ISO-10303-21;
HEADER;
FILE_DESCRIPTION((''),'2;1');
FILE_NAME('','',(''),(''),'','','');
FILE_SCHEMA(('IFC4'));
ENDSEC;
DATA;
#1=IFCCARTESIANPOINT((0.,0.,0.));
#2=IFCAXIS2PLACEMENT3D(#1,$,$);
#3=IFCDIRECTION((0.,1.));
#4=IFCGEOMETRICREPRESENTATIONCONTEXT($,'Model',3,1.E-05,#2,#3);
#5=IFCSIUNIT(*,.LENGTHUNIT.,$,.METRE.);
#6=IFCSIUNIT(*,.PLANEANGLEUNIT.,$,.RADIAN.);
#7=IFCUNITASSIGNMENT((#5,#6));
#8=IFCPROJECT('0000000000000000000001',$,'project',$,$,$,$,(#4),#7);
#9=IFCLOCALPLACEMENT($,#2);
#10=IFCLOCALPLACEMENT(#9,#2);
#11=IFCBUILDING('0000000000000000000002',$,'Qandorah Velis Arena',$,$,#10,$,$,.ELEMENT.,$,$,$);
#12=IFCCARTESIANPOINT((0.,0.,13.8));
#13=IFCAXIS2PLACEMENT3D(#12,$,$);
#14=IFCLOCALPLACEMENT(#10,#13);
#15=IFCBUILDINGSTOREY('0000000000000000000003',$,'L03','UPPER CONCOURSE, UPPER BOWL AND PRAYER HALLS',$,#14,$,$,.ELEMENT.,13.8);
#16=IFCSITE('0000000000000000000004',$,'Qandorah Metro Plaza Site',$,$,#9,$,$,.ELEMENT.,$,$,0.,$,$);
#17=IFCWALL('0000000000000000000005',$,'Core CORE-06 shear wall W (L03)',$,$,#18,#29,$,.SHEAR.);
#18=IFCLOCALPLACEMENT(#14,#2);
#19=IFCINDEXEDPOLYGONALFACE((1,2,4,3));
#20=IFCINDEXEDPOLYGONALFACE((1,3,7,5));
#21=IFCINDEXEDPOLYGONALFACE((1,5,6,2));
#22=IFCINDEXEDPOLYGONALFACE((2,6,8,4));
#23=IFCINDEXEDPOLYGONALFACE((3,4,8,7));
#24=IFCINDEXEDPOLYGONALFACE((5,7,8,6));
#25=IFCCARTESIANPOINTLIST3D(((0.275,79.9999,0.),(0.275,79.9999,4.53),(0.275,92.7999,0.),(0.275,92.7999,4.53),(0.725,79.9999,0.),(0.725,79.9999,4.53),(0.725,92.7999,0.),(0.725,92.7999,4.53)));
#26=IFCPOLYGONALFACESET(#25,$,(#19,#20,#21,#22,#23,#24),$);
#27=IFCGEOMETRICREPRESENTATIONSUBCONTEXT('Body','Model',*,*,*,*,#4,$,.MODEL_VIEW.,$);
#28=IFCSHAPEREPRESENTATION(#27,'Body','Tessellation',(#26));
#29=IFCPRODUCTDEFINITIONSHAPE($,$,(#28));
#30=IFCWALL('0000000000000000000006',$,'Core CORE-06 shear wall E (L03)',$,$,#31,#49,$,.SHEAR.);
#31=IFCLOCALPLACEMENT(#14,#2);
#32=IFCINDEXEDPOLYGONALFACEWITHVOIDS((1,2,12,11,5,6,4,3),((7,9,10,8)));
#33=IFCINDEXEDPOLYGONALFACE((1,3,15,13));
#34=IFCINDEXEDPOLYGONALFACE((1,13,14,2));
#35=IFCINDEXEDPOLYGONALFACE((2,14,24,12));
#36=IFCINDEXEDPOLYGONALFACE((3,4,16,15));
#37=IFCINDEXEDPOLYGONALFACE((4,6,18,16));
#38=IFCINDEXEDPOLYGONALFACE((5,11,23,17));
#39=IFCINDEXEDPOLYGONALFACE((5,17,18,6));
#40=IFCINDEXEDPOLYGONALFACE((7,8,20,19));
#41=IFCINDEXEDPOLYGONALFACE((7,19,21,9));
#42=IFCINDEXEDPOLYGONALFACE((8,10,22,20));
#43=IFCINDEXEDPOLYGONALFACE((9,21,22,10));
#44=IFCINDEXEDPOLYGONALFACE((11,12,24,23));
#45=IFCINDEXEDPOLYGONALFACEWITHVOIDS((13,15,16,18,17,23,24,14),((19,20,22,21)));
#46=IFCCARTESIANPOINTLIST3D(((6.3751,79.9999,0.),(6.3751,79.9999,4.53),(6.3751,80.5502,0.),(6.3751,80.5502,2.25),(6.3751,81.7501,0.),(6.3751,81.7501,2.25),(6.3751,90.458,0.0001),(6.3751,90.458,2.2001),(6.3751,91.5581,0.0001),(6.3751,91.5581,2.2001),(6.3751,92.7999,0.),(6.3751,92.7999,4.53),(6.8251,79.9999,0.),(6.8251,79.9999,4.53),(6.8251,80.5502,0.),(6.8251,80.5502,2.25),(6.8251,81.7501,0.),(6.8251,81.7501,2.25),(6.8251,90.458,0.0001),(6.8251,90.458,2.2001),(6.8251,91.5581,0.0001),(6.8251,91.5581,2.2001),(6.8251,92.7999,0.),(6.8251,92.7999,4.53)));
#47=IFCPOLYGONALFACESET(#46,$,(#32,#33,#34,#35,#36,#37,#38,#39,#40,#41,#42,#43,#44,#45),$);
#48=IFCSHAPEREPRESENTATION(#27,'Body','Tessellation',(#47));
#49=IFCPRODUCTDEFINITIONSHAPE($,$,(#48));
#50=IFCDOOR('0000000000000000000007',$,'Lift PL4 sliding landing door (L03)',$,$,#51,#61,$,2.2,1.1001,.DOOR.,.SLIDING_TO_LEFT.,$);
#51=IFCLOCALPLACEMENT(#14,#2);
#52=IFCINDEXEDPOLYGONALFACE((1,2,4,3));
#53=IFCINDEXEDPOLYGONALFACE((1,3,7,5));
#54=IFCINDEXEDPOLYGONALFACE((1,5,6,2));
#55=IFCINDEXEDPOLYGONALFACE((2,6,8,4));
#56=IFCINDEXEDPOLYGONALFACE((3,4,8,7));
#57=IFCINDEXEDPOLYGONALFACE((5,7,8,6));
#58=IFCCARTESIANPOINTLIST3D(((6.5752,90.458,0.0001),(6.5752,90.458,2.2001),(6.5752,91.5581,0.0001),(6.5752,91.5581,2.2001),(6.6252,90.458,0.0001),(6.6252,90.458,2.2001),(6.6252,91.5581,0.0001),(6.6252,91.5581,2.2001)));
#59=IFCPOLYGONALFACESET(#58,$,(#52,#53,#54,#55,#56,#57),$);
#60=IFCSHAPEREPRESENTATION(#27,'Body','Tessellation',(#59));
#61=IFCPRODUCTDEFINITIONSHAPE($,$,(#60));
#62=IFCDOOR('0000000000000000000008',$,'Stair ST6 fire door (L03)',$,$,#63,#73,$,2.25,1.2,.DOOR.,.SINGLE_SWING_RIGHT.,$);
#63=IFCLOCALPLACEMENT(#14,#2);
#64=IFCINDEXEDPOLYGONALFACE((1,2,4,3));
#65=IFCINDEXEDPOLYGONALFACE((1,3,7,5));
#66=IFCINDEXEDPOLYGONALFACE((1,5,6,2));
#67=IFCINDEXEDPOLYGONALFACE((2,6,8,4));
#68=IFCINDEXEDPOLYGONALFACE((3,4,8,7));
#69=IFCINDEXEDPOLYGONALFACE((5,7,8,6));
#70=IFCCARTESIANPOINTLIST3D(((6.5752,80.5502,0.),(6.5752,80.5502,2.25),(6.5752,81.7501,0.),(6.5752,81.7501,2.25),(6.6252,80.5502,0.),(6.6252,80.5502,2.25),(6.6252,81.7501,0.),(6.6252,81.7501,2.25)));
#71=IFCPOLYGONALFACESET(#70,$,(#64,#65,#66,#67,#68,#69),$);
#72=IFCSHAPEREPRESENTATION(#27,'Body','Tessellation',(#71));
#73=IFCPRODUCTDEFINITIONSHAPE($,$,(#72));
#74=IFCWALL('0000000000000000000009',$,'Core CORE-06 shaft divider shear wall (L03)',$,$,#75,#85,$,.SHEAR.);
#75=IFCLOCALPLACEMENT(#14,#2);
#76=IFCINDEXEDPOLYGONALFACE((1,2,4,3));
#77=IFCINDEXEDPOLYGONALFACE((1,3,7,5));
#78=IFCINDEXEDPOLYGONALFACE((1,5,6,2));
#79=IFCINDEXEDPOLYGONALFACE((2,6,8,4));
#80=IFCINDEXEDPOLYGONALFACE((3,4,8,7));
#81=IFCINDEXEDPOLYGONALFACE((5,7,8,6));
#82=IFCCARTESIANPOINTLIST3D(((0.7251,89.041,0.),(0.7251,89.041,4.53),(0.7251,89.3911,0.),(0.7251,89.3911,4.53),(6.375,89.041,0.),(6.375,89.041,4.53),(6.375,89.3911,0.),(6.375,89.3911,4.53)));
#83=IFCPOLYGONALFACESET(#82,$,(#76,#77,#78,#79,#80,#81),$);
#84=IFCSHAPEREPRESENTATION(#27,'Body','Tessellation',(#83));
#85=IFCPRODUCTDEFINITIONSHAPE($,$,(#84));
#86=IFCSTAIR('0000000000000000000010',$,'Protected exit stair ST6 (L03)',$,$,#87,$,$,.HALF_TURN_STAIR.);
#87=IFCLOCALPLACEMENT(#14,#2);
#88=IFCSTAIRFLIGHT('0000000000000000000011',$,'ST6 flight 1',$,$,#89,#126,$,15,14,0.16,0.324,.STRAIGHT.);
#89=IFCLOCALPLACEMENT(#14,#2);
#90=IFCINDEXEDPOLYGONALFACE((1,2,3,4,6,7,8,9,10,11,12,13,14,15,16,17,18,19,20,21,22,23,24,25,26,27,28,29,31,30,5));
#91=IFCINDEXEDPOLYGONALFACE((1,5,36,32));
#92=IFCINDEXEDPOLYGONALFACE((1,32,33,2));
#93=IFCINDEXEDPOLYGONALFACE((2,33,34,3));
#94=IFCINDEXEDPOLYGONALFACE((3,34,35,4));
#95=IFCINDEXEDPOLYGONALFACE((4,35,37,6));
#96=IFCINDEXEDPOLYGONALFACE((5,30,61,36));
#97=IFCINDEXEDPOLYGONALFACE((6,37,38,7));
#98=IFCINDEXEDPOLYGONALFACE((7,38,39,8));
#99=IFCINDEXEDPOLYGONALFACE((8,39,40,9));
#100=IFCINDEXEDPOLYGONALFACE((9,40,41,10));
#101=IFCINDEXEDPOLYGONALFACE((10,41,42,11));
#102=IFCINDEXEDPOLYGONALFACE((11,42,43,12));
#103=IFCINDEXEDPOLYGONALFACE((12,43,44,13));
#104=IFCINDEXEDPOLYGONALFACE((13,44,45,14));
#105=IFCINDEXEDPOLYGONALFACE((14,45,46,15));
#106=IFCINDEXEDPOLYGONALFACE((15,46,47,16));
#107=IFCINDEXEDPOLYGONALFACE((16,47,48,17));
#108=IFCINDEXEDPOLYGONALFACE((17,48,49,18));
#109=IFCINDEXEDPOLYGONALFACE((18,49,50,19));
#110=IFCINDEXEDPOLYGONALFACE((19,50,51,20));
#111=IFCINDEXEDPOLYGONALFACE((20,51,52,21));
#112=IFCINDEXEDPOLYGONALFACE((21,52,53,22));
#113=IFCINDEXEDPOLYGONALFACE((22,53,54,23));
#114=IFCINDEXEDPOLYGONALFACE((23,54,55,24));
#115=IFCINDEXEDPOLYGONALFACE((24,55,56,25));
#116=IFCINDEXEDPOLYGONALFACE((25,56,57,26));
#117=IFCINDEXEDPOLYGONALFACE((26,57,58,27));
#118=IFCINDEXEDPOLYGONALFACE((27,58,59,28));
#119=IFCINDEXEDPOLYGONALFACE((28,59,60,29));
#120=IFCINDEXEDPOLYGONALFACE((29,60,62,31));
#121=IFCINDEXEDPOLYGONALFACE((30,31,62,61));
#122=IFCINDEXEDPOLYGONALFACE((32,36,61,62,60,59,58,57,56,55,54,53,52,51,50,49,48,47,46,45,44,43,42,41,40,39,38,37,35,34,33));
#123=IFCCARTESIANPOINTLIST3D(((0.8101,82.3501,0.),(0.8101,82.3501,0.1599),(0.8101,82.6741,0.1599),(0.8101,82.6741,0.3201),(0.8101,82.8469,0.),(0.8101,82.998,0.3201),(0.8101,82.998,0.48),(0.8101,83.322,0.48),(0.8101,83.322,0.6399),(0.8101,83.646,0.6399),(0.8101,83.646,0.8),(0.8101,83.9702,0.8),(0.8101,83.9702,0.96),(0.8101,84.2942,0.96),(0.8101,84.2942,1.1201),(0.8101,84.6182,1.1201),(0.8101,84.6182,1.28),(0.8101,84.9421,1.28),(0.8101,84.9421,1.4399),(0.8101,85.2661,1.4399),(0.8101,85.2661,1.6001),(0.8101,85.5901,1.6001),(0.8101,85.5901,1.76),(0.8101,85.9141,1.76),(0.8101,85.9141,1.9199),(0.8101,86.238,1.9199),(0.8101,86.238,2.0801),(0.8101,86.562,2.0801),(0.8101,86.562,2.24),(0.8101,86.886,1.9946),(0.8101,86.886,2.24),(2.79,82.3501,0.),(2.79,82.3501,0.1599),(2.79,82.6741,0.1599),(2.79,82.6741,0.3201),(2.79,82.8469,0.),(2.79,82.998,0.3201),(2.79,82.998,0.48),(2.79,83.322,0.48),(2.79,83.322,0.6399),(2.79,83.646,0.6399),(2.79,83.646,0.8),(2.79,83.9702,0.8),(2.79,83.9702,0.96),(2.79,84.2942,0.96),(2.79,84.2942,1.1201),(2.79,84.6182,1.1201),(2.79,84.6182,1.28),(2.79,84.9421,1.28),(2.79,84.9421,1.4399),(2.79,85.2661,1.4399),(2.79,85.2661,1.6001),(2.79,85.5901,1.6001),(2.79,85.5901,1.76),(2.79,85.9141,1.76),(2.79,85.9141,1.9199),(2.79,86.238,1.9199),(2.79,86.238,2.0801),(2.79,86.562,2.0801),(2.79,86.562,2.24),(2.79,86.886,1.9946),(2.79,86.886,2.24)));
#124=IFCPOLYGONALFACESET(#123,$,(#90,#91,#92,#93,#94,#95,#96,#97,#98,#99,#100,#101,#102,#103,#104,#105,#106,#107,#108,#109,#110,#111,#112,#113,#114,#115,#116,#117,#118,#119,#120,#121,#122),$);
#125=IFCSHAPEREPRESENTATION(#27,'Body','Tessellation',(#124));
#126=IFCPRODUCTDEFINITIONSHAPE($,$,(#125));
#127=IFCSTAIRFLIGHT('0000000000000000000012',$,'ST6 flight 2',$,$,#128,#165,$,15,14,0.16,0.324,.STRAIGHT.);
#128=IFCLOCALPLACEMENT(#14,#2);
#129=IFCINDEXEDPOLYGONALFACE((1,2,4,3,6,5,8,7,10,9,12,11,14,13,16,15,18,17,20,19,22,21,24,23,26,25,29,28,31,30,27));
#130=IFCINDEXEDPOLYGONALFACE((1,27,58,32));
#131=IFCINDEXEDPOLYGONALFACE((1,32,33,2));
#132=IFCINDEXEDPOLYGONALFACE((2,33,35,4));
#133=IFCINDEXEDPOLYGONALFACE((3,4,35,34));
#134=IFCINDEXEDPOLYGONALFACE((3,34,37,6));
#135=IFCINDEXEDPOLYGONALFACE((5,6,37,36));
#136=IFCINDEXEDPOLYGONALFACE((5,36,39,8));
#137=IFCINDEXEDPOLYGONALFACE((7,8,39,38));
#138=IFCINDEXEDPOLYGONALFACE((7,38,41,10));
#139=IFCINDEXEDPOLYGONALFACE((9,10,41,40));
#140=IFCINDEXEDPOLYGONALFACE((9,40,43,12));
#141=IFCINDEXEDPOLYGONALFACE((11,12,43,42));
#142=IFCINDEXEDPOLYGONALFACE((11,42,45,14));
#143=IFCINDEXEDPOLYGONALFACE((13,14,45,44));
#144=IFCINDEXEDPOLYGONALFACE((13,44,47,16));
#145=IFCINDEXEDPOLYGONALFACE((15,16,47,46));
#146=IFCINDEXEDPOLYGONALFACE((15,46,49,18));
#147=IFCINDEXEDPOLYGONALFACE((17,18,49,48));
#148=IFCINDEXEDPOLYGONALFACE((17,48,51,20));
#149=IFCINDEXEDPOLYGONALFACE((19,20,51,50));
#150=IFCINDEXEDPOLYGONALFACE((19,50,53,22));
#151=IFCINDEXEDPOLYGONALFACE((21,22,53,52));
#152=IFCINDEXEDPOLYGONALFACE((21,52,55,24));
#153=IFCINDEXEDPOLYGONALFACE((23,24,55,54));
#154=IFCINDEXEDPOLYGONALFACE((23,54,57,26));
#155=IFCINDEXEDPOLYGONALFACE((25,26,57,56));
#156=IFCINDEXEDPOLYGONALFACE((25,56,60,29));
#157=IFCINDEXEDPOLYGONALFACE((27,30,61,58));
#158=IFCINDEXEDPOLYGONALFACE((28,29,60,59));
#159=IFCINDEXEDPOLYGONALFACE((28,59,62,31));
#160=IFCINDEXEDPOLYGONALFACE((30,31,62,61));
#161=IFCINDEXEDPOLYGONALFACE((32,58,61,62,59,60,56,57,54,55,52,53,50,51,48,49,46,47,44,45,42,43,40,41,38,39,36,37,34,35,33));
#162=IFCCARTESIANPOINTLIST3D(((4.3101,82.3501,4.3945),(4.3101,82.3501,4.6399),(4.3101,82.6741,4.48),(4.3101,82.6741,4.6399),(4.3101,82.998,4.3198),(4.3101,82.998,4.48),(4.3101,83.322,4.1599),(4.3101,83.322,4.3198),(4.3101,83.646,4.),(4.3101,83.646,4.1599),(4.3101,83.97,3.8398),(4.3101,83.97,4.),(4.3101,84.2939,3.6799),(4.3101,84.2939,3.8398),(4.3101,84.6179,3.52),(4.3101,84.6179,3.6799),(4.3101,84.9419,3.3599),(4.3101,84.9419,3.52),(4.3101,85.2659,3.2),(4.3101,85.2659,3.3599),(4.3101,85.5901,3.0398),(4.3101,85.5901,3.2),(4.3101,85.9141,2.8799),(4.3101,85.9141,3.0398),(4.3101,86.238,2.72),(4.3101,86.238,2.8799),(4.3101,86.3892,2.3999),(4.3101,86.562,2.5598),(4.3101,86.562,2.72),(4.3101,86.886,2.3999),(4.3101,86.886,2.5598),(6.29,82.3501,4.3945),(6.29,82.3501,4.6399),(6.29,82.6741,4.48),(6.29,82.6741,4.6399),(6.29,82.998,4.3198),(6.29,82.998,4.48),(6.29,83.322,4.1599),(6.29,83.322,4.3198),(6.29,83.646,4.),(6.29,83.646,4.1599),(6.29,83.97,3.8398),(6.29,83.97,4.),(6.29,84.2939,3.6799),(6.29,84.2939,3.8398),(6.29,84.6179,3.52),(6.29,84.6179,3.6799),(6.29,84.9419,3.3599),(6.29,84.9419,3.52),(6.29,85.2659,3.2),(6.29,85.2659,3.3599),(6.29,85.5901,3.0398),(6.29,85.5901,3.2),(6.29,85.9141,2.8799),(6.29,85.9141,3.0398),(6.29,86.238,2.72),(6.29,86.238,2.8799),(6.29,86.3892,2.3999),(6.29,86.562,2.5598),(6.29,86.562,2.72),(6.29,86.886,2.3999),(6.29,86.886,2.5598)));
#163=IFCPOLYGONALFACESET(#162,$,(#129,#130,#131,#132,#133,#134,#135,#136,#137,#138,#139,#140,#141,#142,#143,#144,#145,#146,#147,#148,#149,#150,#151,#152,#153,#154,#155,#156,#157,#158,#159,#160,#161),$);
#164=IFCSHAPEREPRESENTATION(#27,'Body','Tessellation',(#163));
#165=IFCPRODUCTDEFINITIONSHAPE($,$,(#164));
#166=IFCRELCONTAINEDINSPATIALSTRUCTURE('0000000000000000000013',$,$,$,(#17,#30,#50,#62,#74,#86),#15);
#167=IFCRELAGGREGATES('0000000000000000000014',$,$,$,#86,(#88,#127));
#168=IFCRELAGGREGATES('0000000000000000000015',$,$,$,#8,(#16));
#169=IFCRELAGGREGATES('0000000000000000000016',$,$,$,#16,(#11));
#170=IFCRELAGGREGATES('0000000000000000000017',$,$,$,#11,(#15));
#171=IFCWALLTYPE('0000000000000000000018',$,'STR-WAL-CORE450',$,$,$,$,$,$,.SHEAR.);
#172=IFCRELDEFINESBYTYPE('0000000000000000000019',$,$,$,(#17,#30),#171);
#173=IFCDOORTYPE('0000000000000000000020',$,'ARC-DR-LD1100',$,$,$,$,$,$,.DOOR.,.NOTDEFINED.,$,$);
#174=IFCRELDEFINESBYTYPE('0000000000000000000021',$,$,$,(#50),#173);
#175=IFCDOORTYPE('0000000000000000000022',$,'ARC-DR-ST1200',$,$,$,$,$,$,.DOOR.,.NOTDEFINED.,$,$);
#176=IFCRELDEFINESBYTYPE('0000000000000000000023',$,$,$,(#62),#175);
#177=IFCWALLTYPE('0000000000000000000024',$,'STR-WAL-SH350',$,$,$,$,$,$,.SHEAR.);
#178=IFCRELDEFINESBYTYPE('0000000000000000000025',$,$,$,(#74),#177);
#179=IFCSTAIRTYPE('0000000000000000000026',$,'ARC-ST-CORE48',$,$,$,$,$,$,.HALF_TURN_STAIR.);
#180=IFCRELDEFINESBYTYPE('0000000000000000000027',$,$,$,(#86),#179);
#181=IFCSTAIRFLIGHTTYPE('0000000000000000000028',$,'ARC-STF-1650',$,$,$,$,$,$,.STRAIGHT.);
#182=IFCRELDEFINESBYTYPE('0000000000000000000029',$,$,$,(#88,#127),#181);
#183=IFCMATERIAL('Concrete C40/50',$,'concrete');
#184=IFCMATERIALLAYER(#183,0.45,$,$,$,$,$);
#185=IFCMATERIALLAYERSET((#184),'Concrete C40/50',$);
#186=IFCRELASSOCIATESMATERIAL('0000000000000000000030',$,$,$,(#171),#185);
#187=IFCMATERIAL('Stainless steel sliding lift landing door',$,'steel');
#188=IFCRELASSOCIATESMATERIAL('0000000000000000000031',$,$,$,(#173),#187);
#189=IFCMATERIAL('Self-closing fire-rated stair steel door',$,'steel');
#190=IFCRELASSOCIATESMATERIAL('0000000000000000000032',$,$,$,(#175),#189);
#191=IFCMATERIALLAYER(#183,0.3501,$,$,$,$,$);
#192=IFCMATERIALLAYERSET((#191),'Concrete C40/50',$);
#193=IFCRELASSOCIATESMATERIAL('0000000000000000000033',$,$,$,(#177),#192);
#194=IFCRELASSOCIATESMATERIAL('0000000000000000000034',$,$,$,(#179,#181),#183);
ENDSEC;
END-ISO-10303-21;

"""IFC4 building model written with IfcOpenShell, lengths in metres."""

from ifc_helpers import new_model, si_unit, direction, frame, frame_2d, origin, place, context, subcontext, project, spatial, polyline, rectangle, outline, extrude, material, layer, layer_set, type_object, element, fill, aggregate, save


model = new_model("IFC4")

# Units and contexts
model_context = context("Model", 3, precision=1e-05, world=origin(), true_north=direction((0.0, 1.0)))
body_context = subcontext(model_context, "Body", "Model", "MODEL_VIEW")
ifc_project = project(units=[si_unit("LENGTHUNIT", "METRE"), si_unit("PLANEANGLEUNIT", "RADIAN")], contexts=[model_context])

# Site, building, storey
site_placement = place(None, origin())
site = spatial("IfcSite", under=ifc_project, at=site_placement, Name="Qandorah Metro Plaza Site", CompositionType="ELEMENT", RefElevation=0.0)
building_placement = place(site_placement, origin())
building = spatial("IfcBuilding", under=site, at=building_placement, Name="Qandorah Velis Arena", CompositionType="ELEMENT")
storey_placement = place(building_placement, frame((0.0, 0.0, 13.8)))
storey = spatial("IfcBuildingStorey", under=building, at=storey_placement, Name="L03", Description="UPPER CONCOURSE, UPPER BOWL AND PRAYER HALLS", CompositionType="ELEMENT", Elevation=13.8)

# Shared definitions
ifc_material_1 = material(Name="Concrete C40/50", Category="concrete")

# Wall
ifc_layer_1 = layer(ifc_material_1, 0.45)
ifc_layer_set_1 = layer_set([ifc_layer_1], Name="Concrete C40/50")
wall_type_1 = type_object("IfcWallType", Name="STR-WAL-CORE450", PredefinedType="SHEAR", material=ifc_layer_set_1)
wall_1_placement = place(storey_placement, frame((0.5, 80.0, 0.0), z_axis=(0.0, 0.0, 1.0), x_axis=(0.0, 1.0, 0.0)))
element("IfcWall", 1, at=wall_1_placement, inside=storey, type_object=wall_type_1, Name="Core CORE-06 shear wall W (L03)", PredefinedType="SHEAR", context=body_context, shape_type="SweptSolid", body=[
    extrude(rectangle(XDim=12.8, YDim=0.45, at=frame_2d((6.3999, 0.0))), origin(), (0.0, 0.0, 1.0), 4.53),
])

# Wall, openings, doors
wall_2_placement = place(storey_placement, frame((6.6001, 80.0, 0.0), z_axis=(0.0, 0.0, 1.0), x_axis=(0.0, 1.0, 0.0)))
wall_2 = element("IfcWall", 2, at=wall_2_placement, inside=storey, type_object=wall_type_1, Name="Core CORE-06 shear wall E (L03)", PredefinedType="SHEAR", context=body_context, shape_type="SweptSolid", body=[
    extrude(rectangle(XDim=12.8, YDim=0.45, at=frame_2d((6.3999, 0.0))), origin(), (0.0, 0.0, 1.0), 4.53),
])
opening_1_placement = place(wall_2_placement, frame((0.55, 0.0, 0.0)))
opening_1 = element("IfcOpeningElement", 3, at=opening_1_placement, cuts=wall_2, PredefinedType="OPENING", context=body_context, shape_type="SweptSolid", body=[
    extrude(rectangle(XDim=1.2, YDim=2.25, at=frame_2d((0.6001, 1.125))), frame((0.0, 0.2349, 0.0), z_axis=(0.0, -1.0, 0.0), x_axis=(1.0, 0.0, 0.0)), (0.0, 0.0, 1.0), 0.47),
])
opening_2_placement = place(wall_2_placement, frame((10.458, 0.0, 0.0)))
opening_2 = element("IfcOpeningElement", 4, at=opening_2_placement, cuts=wall_2, PredefinedType="OPENING", context=body_context, shape_type="SweptSolid", body=[
    extrude(rectangle(XDim=1.1001, YDim=2.2, at=frame_2d((0.55, 1.1001))), frame((0.0, 0.2349, 0.0), z_axis=(0.0, -1.0, 0.0), x_axis=(1.0, 0.0, 0.0)), (0.0, 0.0, 1.0), 0.47),
])
ifc_material_2 = material(Name="Stainless steel sliding lift landing door", Category="steel")
door_type_1 = type_object("IfcDoorType", Name="ARC-DR-LD1100", OperationType="NOTDEFINED", PredefinedType="DOOR", material=ifc_material_2)
door_1_placement = place(opening_2_placement, origin())
door_1 = element("IfcDoor", 5, at=door_1_placement, inside=storey, type_object=door_type_1, Name="Lift PL4 sliding landing door (L03)", OperationType="SLIDING_TO_LEFT", OverallHeight=2.2, OverallWidth=1.1001, PredefinedType="DOOR", context=body_context, shape_type="SweptSolid", body=[
    extrude(rectangle(XDim=1.1001, YDim=2.2, at=frame_2d((0.55, 1.1001))), frame((0.0, 0.0249, 0.0), z_axis=(0.0, -1.0, 0.0), x_axis=(1.0, 0.0, 0.0)), (0.0, 0.0, 1.0), 0.05),
])
fill(opening_2, door_1)
ifc_material_3 = material(Name="Self-closing fire-rated stair steel door", Category="steel")
door_type_2 = type_object("IfcDoorType", Name="ARC-DR-ST1200", OperationType="NOTDEFINED", PredefinedType="DOOR", material=ifc_material_3)
door_2_placement = place(opening_1_placement, origin())
door_2 = element("IfcDoor", 6, at=door_2_placement, inside=storey, type_object=door_type_2, Name="Stair ST6 fire door (L03)", OperationType="SINGLE_SWING_RIGHT", OverallHeight=2.25, OverallWidth=1.2, PredefinedType="DOOR", context=body_context, shape_type="SweptSolid", body=[
    extrude(rectangle(XDim=1.2, YDim=2.25, at=frame_2d((0.6001, 1.125))), frame((0.0, 0.0249, 0.0), z_axis=(0.0, -1.0, 0.0), x_axis=(1.0, 0.0, 0.0)), (0.0, 0.0, 1.0), 0.05),
])
fill(opening_1, door_2)

# Wall
ifc_layer_2 = layer(ifc_material_1, 0.3501)
ifc_layer_set_2 = layer_set([ifc_layer_2], Name="Concrete C40/50")
wall_type_2 = type_object("IfcWallType", Name="STR-WAL-SH350", PredefinedType="SHEAR", material=ifc_layer_set_2)
wall_3_placement = place(storey_placement, frame((0.7251, 89.2161, 0.0), z_axis=(0.0, 0.0, 1.0), x_axis=(1.0, 0.0, 0.0)))
element("IfcWall", 7, at=wall_3_placement, inside=storey, type_object=wall_type_2, Name="Core CORE-06 shaft divider shear wall (L03)", PredefinedType="SHEAR", context=body_context, shape_type="SweptSolid", body=[
    extrude(rectangle(XDim=5.6499, YDim=0.3501, at=frame_2d((2.825, 0.0))), origin(), (0.0, 0.0, 1.0), 4.53),
])

# Stair, stair flights
stair_type = type_object("IfcStairType", Name="ARC-ST-CORE48", PredefinedType="HALF_TURN_STAIR", material=ifc_material_1)
stair_placement = place(storey_placement, origin())
stair = element("IfcStair", 8, at=stair_placement, inside=storey, type_object=stair_type, Name="Protected exit stair ST6 (L03)", PredefinedType="HALF_TURN_STAIR")
stair_flight_type = type_object("IfcStairFlightType", Name="ARC-STF-1650", PredefinedType="STRAIGHT", material=ifc_material_1)
stair_flight_1_placement = place(storey_placement, frame((1.8, 82.3501, 0.0), z_axis=(0.0, 0.0, 1.0), x_axis=(0.0, 1.0, 0.0)))
stair_flight_1 = element("IfcStairFlight", 9, at=stair_flight_1_placement, type_object=stair_flight_type, Name="ST6 flight 1", NumberOfRisers=15, NumberOfTreads=14, PredefinedType="STRAIGHT", RiserHeight=0.16, TreadLength=0.324, context=body_context, shape_type="SweptSolid", body=[
    extrude(outline(polyline([(0.0, 0.0), (0.0, 0.1599), (0.324, 0.1599), (0.324, 0.3201), (0.6479, 0.3201), (0.6479, 0.48), (0.9719, 0.48), (0.9719, 0.6399), (1.2959, 0.6399), (1.2959, 0.8), (1.6201, 0.8), (1.6201, 0.96), (1.9441, 0.96), (1.9441, 1.1201), (2.2681, 1.1201), (2.2681, 1.28), (2.592, 1.28), (2.592, 1.4399), (2.916, 1.4399), (2.916, 1.6001), (3.24, 1.6001), (3.24, 1.76), (3.564, 1.76), (3.564, 1.9199), (3.8879, 1.9199), (3.8879, 2.0801), (4.2119, 2.0801), (4.2119, 2.24), (4.5359, 2.24), (4.5359, 2.3999), (4.5359, 1.9946), (0.4968, 0.0), (0.0, 0.0)])), frame((0.0, 0.99, 0.0), z_axis=(0.0, -1.0, 0.0), x_axis=(1.0, 0.0, 0.0)), (0.0, 0.0, 1.0), 1.98),
])
stair_flight_2_placement = place(storey_placement, frame((5.3, 86.886, 2.3999), z_axis=(0.0, 0.0, 1.0), x_axis=(0.0, -1.0, 0.0)))
stair_flight_2 = element("IfcStairFlight", 10, at=stair_flight_2_placement, type_object=stair_flight_type, Name="ST6 flight 2", NumberOfRisers=15, NumberOfTreads=14, PredefinedType="STRAIGHT", RiserHeight=0.16, TreadLength=0.324, context=body_context, shape_type="SweptSolid", body=[
    extrude(outline(polyline([(0.0, 0.0), (0.0, 0.1599), (0.324, 0.1599), (0.324, 0.3201), (0.6479, 0.3201), (0.6479, 0.48), (0.9719, 0.48), (0.9719, 0.6399), (1.2959, 0.6399), (1.2959, 0.8), (1.6201, 0.8), (1.6201, 0.96), (1.9441, 0.96), (1.9441, 1.1201), (2.2681, 1.1201), (2.2681, 1.28), (2.592, 1.28), (2.592, 1.4399), (2.916, 1.4399), (2.916, 1.6001), (3.24, 1.6001), (3.24, 1.76), (3.564, 1.76), (3.564, 1.9199), (3.8879, 1.9199), (3.8879, 2.0801), (4.2119, 2.0801), (4.2119, 2.24), (4.5359, 2.24), (4.5359, 2.3999), (4.5359, 1.9946), (0.4968, 0.0), (0.0, 0.0)])), frame((0.0, 0.99, 0.0), z_axis=(0.0, -1.0, 0.0), x_axis=(1.0, 0.0, 0.0)), (0.0, 0.0, 1.0), 1.98),
])
aggregate(stair, [stair_flight_1, stair_flight_2])

save(model, "model.ifc")
